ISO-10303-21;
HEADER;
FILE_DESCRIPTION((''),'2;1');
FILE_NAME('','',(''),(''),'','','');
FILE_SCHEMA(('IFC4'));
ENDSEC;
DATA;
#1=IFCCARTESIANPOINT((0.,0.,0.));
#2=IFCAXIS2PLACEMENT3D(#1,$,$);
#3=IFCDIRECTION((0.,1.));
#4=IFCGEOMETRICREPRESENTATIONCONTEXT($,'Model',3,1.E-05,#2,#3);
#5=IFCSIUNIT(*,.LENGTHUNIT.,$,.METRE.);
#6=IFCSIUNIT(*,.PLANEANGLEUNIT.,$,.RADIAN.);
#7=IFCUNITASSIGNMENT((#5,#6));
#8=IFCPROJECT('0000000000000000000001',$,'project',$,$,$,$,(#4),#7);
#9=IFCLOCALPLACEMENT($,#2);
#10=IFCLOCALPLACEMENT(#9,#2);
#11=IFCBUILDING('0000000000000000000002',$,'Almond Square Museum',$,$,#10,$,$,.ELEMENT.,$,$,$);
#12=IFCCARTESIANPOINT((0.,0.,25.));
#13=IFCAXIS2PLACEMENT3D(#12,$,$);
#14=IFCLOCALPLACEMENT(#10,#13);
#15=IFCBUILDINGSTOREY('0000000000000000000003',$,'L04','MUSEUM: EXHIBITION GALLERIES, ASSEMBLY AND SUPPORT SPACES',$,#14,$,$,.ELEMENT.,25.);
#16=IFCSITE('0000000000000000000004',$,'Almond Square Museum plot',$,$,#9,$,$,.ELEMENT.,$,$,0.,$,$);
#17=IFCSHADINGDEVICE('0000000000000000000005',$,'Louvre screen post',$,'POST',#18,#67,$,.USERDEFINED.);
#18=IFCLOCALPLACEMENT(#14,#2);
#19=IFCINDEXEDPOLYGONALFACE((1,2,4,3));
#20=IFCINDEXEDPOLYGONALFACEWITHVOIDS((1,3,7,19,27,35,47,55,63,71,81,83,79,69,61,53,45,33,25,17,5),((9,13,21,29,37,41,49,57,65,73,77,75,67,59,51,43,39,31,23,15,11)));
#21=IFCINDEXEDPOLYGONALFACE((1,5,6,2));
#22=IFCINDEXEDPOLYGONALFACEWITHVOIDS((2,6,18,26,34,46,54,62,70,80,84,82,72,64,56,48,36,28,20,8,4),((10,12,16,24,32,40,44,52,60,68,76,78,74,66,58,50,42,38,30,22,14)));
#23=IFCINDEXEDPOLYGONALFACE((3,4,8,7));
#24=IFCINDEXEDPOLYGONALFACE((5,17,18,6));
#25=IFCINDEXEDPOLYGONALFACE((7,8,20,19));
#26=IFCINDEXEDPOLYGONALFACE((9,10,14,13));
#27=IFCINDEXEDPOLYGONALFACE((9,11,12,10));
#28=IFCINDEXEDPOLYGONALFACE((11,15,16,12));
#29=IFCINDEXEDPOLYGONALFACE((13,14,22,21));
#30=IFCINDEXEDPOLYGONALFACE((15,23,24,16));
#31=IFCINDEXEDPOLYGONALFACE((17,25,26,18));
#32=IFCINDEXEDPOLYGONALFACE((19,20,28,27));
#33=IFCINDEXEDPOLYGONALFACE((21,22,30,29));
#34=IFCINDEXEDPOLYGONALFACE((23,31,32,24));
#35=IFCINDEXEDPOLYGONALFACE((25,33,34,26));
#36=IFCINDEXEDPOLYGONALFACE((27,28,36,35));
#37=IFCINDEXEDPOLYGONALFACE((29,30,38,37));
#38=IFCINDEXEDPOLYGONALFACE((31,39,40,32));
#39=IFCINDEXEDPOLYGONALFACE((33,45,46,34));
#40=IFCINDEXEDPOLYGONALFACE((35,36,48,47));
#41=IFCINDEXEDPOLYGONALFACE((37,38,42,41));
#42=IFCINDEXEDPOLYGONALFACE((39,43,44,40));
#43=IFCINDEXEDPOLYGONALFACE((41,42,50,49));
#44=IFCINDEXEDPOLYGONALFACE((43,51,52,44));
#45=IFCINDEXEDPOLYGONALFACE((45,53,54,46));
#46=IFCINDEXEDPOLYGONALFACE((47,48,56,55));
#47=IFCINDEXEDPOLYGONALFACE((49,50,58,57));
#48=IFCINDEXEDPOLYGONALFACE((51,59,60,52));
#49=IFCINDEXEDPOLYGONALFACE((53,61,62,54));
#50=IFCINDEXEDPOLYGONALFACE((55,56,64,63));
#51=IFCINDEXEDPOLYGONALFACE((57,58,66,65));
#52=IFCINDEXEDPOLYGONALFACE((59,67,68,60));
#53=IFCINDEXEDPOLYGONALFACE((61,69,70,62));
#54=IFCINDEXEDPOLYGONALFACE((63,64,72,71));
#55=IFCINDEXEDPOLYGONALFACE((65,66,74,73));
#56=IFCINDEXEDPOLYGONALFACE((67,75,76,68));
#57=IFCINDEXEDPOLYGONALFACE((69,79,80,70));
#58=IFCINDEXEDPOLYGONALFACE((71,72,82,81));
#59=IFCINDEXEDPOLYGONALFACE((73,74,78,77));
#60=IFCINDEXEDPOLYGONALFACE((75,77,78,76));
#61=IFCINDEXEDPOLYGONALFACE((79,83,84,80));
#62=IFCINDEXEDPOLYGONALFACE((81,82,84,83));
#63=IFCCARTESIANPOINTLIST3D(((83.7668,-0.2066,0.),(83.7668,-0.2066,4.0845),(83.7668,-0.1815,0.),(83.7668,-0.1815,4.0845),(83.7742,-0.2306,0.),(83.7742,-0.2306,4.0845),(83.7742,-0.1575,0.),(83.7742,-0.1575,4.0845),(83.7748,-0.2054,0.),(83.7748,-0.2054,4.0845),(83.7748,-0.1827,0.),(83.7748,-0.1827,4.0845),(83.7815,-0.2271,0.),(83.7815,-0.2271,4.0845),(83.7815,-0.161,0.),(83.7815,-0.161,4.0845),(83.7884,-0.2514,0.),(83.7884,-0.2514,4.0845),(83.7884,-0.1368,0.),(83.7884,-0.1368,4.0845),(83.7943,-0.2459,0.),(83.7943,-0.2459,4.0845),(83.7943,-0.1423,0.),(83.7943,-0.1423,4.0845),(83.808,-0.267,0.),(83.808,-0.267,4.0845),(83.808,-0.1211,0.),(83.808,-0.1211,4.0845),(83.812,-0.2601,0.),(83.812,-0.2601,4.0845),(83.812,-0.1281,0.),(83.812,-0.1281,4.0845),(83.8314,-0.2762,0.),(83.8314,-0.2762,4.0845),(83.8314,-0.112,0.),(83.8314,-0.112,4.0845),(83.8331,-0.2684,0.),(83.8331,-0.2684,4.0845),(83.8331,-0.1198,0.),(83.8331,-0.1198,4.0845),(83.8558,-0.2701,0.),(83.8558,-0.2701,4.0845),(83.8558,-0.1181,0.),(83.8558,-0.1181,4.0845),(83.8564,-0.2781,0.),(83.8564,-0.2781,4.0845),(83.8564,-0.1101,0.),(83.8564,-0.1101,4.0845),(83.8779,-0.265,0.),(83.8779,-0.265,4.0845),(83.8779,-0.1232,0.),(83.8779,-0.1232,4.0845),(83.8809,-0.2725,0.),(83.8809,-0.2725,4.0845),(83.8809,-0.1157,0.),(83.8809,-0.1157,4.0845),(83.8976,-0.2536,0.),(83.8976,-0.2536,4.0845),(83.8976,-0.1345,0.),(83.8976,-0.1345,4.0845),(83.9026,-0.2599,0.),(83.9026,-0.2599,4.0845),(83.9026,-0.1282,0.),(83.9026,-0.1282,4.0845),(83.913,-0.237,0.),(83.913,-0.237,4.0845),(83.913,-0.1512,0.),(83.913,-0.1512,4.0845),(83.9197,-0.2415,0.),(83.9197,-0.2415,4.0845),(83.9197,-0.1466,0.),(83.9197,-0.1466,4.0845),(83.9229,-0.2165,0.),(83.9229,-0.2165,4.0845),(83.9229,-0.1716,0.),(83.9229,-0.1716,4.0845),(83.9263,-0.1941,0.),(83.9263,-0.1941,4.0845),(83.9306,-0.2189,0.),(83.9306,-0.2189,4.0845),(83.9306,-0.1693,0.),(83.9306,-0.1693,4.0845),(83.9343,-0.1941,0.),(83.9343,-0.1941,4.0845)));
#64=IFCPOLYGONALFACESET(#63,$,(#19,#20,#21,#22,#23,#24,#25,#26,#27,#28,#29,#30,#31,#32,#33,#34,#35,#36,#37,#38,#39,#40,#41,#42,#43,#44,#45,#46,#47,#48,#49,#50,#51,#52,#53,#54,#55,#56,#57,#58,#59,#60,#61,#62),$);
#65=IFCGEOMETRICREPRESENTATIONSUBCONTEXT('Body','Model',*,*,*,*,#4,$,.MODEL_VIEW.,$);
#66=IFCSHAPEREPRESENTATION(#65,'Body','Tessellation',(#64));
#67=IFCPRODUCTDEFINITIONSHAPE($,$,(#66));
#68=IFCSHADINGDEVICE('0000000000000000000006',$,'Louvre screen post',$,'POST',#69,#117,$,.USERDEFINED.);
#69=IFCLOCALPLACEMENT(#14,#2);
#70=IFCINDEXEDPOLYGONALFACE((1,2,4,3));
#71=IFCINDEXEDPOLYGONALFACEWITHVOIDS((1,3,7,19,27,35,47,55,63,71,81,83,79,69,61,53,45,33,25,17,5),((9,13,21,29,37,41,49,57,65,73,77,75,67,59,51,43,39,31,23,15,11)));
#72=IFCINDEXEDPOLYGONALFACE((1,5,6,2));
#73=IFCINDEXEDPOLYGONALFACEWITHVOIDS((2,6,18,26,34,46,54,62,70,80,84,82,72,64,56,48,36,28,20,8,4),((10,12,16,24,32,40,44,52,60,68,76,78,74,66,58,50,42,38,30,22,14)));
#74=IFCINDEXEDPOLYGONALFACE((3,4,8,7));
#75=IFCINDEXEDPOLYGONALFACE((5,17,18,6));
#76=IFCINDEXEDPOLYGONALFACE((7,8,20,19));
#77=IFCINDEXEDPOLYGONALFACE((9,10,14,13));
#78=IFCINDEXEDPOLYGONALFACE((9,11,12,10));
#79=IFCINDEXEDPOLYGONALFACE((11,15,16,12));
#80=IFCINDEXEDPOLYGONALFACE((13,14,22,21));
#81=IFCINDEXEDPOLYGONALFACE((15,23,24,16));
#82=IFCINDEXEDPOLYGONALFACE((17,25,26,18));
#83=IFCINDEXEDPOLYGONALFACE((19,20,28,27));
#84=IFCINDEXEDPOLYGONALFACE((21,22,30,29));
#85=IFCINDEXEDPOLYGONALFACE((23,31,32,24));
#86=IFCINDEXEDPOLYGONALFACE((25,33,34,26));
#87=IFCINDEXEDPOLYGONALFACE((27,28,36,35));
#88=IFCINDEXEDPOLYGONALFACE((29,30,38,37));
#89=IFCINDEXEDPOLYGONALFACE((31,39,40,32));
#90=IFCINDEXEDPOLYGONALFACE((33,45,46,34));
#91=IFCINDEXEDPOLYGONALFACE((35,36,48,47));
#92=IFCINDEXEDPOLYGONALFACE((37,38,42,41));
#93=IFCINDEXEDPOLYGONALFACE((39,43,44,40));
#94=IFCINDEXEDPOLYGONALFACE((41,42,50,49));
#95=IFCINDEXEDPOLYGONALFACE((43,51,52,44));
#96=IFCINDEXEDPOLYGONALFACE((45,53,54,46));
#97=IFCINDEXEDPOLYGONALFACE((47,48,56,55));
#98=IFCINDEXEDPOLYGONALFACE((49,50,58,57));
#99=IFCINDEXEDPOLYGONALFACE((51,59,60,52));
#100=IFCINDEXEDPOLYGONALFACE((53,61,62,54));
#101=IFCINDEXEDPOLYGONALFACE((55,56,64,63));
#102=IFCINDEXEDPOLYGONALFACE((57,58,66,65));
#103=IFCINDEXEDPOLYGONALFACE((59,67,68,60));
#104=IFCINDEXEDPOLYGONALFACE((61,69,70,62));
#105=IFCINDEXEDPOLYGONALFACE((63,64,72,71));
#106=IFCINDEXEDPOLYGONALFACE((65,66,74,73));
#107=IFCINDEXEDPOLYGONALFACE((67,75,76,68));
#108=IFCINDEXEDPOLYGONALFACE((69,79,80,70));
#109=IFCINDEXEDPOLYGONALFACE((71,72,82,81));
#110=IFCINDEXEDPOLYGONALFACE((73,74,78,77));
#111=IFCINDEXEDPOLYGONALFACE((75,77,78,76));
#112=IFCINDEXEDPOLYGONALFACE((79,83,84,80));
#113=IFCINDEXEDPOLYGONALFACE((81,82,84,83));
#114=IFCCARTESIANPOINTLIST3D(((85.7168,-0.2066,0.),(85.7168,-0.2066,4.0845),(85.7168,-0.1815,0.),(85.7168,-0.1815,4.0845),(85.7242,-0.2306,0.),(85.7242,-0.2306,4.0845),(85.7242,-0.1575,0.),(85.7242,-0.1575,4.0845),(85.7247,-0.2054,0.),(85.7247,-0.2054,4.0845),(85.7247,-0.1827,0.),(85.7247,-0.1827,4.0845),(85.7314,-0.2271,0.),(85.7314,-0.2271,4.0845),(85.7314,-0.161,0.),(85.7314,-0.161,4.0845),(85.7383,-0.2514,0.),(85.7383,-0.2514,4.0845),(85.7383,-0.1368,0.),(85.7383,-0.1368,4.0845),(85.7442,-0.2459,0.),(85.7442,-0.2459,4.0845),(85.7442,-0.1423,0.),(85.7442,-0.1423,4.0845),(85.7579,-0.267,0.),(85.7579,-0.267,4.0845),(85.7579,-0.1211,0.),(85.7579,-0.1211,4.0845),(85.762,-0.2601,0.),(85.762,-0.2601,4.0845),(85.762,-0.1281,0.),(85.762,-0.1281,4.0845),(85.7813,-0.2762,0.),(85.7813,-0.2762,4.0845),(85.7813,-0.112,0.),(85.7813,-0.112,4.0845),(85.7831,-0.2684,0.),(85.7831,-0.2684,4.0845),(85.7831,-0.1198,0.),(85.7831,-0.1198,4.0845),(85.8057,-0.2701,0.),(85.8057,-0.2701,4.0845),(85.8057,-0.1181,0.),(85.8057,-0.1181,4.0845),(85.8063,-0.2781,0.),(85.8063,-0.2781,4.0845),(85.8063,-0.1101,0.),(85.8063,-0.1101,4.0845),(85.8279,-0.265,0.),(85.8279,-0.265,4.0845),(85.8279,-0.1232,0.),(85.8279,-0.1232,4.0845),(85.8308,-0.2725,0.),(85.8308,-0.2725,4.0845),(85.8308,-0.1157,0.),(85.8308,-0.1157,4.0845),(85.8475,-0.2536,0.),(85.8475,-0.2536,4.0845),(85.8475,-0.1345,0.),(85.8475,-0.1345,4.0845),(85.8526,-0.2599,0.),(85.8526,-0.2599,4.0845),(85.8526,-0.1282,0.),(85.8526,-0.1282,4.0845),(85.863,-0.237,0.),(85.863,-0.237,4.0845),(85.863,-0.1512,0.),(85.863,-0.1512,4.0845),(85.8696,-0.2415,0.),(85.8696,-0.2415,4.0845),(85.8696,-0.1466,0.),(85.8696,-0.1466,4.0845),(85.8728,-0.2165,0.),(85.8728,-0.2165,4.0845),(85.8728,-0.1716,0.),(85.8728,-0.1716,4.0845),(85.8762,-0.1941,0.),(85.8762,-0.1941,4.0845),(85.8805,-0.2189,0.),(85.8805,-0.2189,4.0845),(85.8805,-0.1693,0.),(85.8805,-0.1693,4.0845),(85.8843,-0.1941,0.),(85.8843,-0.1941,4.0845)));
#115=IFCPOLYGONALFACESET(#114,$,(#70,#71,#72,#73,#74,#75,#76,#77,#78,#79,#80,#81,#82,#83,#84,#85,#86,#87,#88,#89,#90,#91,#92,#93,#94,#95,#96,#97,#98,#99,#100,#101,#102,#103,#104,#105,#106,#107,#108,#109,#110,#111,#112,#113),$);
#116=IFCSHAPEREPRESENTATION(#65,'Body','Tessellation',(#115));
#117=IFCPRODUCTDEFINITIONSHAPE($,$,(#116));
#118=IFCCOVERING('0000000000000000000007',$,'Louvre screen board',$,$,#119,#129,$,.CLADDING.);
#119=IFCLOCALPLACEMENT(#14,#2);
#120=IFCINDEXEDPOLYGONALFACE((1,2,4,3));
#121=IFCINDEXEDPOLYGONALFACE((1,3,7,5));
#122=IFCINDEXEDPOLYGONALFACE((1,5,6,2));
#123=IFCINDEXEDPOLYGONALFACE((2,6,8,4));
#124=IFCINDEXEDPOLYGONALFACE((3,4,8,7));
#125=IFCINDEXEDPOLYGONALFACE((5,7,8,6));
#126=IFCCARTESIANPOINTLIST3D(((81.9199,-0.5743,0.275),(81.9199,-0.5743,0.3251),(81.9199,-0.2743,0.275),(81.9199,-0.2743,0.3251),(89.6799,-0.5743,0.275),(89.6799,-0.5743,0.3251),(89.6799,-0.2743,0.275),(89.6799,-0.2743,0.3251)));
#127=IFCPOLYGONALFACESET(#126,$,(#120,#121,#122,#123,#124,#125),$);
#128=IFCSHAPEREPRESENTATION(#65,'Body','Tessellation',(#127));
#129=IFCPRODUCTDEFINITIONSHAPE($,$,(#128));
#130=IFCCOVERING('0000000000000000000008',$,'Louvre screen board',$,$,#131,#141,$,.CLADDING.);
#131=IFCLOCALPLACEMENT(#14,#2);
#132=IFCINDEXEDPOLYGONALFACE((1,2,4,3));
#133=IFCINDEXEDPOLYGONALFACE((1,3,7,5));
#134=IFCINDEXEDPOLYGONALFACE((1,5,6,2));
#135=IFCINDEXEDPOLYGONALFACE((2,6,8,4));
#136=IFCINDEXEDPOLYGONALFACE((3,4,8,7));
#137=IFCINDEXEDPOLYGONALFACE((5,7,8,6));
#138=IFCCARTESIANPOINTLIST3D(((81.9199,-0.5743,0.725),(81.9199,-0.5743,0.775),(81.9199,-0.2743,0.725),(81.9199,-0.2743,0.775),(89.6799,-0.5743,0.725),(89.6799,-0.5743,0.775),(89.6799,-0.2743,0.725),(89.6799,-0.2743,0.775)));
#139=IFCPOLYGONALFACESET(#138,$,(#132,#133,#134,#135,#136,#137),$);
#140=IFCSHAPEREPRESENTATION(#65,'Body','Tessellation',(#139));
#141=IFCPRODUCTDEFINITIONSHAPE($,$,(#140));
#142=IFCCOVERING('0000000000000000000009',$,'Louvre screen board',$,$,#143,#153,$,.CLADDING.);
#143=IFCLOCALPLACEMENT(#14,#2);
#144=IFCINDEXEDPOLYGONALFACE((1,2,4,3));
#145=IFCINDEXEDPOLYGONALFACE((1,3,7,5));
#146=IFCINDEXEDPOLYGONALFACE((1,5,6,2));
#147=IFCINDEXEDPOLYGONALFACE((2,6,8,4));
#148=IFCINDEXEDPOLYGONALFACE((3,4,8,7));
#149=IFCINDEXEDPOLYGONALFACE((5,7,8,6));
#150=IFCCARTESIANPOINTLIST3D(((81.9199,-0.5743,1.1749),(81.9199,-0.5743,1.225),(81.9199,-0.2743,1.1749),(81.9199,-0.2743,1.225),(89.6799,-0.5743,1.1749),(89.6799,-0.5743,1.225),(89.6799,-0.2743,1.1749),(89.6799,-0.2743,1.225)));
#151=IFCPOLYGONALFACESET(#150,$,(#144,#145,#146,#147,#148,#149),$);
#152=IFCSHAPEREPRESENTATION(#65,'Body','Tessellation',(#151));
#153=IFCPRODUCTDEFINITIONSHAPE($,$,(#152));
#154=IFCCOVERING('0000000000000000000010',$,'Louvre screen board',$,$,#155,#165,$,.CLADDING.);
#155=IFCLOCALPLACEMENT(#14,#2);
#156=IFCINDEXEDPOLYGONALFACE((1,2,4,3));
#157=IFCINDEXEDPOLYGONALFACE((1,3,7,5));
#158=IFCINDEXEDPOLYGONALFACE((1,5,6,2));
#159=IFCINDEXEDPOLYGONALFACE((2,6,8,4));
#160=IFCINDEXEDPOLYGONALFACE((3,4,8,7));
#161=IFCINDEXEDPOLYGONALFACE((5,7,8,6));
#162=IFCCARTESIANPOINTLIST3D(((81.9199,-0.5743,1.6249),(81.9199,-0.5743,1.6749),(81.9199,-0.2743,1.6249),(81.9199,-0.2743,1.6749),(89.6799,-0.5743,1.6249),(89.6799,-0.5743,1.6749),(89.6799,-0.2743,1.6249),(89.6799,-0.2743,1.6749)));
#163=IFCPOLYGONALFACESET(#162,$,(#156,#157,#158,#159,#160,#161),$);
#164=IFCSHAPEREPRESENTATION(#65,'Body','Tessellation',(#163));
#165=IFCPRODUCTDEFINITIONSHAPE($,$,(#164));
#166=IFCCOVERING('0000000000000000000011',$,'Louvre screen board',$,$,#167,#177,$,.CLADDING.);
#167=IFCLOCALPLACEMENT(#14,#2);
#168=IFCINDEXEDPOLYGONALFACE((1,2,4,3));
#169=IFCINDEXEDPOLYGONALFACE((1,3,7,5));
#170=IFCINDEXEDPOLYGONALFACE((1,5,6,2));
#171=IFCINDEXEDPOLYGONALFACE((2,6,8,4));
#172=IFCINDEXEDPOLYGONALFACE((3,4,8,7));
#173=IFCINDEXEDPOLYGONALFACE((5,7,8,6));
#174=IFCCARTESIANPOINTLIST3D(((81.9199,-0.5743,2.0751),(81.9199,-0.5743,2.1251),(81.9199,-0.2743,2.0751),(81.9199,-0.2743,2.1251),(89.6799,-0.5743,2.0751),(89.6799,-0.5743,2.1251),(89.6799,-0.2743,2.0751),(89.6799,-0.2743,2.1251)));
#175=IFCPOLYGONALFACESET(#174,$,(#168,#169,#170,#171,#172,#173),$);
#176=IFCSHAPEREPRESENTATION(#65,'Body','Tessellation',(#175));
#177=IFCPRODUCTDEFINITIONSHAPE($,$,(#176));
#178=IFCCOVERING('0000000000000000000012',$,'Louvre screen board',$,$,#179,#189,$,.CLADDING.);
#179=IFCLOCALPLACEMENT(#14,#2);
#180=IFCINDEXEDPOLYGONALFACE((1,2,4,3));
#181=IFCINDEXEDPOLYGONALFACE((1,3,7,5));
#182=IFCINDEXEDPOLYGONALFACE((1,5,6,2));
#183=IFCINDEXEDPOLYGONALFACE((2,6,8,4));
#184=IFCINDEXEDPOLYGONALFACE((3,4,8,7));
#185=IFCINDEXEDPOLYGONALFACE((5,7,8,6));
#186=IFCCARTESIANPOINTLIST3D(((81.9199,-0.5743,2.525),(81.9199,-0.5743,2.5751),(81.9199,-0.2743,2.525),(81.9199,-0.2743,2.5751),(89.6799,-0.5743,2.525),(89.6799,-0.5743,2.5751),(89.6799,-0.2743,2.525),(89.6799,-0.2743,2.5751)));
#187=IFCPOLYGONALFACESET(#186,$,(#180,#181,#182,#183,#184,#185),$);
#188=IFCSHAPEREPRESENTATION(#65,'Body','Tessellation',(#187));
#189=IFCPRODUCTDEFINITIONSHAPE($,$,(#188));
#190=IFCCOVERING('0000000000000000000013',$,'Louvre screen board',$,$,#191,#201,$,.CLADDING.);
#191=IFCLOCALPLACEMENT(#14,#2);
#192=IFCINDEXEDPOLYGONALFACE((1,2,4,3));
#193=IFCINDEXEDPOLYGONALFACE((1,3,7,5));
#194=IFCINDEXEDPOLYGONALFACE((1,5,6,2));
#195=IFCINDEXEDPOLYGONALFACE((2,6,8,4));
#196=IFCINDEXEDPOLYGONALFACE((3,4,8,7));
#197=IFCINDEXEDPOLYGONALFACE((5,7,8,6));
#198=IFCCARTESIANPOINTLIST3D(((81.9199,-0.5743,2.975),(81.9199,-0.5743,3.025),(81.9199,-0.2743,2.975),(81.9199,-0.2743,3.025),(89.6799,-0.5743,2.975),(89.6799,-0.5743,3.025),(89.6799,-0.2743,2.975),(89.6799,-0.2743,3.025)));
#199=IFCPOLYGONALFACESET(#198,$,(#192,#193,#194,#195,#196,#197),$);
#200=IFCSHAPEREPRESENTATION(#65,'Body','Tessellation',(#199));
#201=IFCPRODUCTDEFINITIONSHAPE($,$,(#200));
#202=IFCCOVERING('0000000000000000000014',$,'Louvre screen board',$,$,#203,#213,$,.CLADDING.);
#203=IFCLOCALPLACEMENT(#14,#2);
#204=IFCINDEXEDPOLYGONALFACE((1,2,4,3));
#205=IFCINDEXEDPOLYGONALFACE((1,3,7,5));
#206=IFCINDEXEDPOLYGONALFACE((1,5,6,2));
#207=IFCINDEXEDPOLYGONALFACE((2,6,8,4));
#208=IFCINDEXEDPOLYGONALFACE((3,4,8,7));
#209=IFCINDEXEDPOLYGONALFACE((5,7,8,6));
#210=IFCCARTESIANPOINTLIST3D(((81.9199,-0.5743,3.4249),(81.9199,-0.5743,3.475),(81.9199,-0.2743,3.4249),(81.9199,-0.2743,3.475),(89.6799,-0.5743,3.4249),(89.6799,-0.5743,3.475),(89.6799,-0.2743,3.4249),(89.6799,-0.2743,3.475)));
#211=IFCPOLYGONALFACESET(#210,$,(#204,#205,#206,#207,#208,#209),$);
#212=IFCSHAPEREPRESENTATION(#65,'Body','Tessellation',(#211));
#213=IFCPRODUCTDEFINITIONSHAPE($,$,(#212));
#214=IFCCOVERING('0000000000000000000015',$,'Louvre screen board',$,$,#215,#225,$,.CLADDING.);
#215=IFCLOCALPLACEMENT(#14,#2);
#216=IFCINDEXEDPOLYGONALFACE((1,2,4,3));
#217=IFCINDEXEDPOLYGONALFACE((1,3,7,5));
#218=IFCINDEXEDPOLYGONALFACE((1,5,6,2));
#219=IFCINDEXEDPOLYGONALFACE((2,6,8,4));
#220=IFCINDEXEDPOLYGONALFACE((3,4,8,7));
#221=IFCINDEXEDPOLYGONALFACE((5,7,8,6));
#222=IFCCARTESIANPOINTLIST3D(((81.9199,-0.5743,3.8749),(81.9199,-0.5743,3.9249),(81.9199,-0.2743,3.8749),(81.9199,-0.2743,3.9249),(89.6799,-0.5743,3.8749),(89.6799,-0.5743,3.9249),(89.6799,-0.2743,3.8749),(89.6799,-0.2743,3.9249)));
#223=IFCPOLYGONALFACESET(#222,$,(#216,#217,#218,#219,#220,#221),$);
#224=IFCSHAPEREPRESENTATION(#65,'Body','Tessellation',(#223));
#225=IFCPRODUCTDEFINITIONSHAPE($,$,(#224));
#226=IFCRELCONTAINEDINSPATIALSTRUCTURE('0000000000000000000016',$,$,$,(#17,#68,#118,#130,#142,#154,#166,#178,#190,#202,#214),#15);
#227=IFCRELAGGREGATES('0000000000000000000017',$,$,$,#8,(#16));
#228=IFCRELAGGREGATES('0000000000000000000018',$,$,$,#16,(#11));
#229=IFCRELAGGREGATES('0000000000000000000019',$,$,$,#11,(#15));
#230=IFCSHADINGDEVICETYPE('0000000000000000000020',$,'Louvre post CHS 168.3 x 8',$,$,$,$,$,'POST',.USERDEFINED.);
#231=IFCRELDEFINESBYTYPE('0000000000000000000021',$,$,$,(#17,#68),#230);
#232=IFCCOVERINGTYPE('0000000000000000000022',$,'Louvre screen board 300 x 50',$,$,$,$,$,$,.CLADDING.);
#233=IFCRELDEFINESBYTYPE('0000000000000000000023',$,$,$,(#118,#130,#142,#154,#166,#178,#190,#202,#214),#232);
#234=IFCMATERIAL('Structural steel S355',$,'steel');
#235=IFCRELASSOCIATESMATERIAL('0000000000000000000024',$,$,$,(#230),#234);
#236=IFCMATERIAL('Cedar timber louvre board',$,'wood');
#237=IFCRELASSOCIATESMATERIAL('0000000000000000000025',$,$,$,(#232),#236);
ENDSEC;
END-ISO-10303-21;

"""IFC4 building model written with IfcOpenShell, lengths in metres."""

from ifc_helpers import new_model, si_unit, direction, frame, origin, origin_2d, place, context, subcontext, project, spatial, rectangle, hollow_circle, extrude, material, material_profile, profile_set, type_object, element, save


model = new_model("IFC4")

# Units and contexts
model_context = context("Model", 3, precision=1e-05, world=origin(), true_north=direction((0.0, 1.0)))
body_context = subcontext(model_context, "Body", "Model", "MODEL_VIEW")
ifc_project = project(units=[si_unit("LENGTHUNIT", "METRE"), si_unit("PLANEANGLEUNIT", "RADIAN")], contexts=[model_context])

# Site, building, storey
site_placement = place(None, origin())
site = spatial("IfcSite", under=ifc_project, at=site_placement, Name="Almond Square Museum plot", CompositionType="ELEMENT", RefElevation=0.0)
building_placement = place(site_placement, origin())
building = spatial("IfcBuilding", under=site, at=building_placement, Name="Almond Square Museum", CompositionType="ELEMENT")
storey_placement = place(building_placement, frame((0.0, 0.0, 25.0)))
storey = spatial("IfcBuildingStorey", under=building, at=storey_placement, Name="L04", Description="MUSEUM: EXHIBITION GALLERIES, ASSEMBLY AND SUPPORT SPACES", CompositionType="ELEMENT", Elevation=25.0)

# Shading devices
ifc_material_1 = material(Name="Structural steel S355", Category="steel")
ifc_material_profile_1 = material_profile(ifc_material_1, hollow_circle(Radius=0.0842, WallThickness=0.0081, at=origin_2d()))
ifc_profile_set_1 = profile_set([ifc_material_profile_1], Name="Structural steel S355")
shading_device_type = type_object("IfcShadingDeviceType", Name="Louvre post CHS 168.3 x 8", ElementType="POST", PredefinedType="USERDEFINED", material=ifc_profile_set_1)
for number, where, z_axis, x_axis, name in (
    (1, (83.8501, -0.1941, 0.0), (0.0, 0.0, 1.0), (1.0, 0.0, 0.0), "Louvre screen post"),
    (2, (85.8, -0.1941, 0.0), (0.0, 0.0, 1.0), (1.0, 0.0, 0.0), "Louvre screen post"),
):
    element("IfcShadingDevice", number, at=place(storey_placement, frame(where, z_axis=z_axis, x_axis=x_axis)), inside=storey, type_object=shading_device_type, Name=name, ObjectType="POST", PredefinedType="USERDEFINED", context=body_context, shape_type="SweptSolid", body=[
        extrude(hollow_circle(Radius=0.0842, WallThickness=0.0081, at=origin_2d()), origin(), (0.0, 0.0, 1.0), 4.0845),
    ])

# Coverings
ifc_material_2 = material(Name="Cedar timber louvre board", Category="wood")
ifc_material_profile_2 = material_profile(ifc_material_2, rectangle(XDim=0.3, YDim=0.05, at=origin_2d()))
ifc_profile_set_2 = profile_set([ifc_material_profile_2], Name="Cedar timber louvre board")
covering_type = type_object("IfcCoveringType", Name="Louvre screen board 300 x 50", PredefinedType="CLADDING", material=ifc_profile_set_2)
for number, where, z_axis, x_axis, name in (
    (3, (81.9199, -0.4243, 0.3), (1.0, 0.0, 0.0), (0.0, 1.0, 0.0), "Louvre screen board"),
    (4, (81.9199, -0.4243, 0.75), (1.0, 0.0, 0.0), (0.0, 1.0, 0.0), "Louvre screen board"),
    (5, (81.9199, -0.4243, 1.2), (1.0, 0.0, 0.0), (0.0, 1.0, 0.0), "Louvre screen board"),
    (6, (81.9199, -0.4243, 1.6499), (1.0, 0.0, 0.0), (0.0, 1.0, 0.0), "Louvre screen board"),
    (7, (81.9199, -0.4243, 2.1001), (1.0, 0.0, 0.0), (0.0, 1.0, 0.0), "Louvre screen board"),
    (8, (81.9199, -0.4243, 2.55), (1.0, 0.0, 0.0), (0.0, 1.0, 0.0), "Louvre screen board"),
    (9, (81.9199, -0.4243, 3.0), (1.0, 0.0, 0.0), (0.0, 1.0, 0.0), "Louvre screen board"),
    (10, (81.9199, -0.4243, 3.45), (1.0, 0.0, 0.0), (0.0, 1.0, 0.0), "Louvre screen board"),
    (11, (81.9199, -0.4243, 3.8999), (1.0, 0.0, 0.0), (0.0, 1.0, 0.0), "Louvre screen board"),
):
    element("IfcCovering", number, at=place(storey_placement, frame(where, z_axis=z_axis, x_axis=x_axis)), inside=storey, type_object=covering_type, Name=name, PredefinedType="CLADDING", context=body_context, shape_type="SweptSolid", body=[
        extrude(rectangle(XDim=0.3, YDim=0.05, at=origin_2d()), origin(), (0.0, 0.0, 1.0), 7.76),
    ])

save(model, "model.ifc")
